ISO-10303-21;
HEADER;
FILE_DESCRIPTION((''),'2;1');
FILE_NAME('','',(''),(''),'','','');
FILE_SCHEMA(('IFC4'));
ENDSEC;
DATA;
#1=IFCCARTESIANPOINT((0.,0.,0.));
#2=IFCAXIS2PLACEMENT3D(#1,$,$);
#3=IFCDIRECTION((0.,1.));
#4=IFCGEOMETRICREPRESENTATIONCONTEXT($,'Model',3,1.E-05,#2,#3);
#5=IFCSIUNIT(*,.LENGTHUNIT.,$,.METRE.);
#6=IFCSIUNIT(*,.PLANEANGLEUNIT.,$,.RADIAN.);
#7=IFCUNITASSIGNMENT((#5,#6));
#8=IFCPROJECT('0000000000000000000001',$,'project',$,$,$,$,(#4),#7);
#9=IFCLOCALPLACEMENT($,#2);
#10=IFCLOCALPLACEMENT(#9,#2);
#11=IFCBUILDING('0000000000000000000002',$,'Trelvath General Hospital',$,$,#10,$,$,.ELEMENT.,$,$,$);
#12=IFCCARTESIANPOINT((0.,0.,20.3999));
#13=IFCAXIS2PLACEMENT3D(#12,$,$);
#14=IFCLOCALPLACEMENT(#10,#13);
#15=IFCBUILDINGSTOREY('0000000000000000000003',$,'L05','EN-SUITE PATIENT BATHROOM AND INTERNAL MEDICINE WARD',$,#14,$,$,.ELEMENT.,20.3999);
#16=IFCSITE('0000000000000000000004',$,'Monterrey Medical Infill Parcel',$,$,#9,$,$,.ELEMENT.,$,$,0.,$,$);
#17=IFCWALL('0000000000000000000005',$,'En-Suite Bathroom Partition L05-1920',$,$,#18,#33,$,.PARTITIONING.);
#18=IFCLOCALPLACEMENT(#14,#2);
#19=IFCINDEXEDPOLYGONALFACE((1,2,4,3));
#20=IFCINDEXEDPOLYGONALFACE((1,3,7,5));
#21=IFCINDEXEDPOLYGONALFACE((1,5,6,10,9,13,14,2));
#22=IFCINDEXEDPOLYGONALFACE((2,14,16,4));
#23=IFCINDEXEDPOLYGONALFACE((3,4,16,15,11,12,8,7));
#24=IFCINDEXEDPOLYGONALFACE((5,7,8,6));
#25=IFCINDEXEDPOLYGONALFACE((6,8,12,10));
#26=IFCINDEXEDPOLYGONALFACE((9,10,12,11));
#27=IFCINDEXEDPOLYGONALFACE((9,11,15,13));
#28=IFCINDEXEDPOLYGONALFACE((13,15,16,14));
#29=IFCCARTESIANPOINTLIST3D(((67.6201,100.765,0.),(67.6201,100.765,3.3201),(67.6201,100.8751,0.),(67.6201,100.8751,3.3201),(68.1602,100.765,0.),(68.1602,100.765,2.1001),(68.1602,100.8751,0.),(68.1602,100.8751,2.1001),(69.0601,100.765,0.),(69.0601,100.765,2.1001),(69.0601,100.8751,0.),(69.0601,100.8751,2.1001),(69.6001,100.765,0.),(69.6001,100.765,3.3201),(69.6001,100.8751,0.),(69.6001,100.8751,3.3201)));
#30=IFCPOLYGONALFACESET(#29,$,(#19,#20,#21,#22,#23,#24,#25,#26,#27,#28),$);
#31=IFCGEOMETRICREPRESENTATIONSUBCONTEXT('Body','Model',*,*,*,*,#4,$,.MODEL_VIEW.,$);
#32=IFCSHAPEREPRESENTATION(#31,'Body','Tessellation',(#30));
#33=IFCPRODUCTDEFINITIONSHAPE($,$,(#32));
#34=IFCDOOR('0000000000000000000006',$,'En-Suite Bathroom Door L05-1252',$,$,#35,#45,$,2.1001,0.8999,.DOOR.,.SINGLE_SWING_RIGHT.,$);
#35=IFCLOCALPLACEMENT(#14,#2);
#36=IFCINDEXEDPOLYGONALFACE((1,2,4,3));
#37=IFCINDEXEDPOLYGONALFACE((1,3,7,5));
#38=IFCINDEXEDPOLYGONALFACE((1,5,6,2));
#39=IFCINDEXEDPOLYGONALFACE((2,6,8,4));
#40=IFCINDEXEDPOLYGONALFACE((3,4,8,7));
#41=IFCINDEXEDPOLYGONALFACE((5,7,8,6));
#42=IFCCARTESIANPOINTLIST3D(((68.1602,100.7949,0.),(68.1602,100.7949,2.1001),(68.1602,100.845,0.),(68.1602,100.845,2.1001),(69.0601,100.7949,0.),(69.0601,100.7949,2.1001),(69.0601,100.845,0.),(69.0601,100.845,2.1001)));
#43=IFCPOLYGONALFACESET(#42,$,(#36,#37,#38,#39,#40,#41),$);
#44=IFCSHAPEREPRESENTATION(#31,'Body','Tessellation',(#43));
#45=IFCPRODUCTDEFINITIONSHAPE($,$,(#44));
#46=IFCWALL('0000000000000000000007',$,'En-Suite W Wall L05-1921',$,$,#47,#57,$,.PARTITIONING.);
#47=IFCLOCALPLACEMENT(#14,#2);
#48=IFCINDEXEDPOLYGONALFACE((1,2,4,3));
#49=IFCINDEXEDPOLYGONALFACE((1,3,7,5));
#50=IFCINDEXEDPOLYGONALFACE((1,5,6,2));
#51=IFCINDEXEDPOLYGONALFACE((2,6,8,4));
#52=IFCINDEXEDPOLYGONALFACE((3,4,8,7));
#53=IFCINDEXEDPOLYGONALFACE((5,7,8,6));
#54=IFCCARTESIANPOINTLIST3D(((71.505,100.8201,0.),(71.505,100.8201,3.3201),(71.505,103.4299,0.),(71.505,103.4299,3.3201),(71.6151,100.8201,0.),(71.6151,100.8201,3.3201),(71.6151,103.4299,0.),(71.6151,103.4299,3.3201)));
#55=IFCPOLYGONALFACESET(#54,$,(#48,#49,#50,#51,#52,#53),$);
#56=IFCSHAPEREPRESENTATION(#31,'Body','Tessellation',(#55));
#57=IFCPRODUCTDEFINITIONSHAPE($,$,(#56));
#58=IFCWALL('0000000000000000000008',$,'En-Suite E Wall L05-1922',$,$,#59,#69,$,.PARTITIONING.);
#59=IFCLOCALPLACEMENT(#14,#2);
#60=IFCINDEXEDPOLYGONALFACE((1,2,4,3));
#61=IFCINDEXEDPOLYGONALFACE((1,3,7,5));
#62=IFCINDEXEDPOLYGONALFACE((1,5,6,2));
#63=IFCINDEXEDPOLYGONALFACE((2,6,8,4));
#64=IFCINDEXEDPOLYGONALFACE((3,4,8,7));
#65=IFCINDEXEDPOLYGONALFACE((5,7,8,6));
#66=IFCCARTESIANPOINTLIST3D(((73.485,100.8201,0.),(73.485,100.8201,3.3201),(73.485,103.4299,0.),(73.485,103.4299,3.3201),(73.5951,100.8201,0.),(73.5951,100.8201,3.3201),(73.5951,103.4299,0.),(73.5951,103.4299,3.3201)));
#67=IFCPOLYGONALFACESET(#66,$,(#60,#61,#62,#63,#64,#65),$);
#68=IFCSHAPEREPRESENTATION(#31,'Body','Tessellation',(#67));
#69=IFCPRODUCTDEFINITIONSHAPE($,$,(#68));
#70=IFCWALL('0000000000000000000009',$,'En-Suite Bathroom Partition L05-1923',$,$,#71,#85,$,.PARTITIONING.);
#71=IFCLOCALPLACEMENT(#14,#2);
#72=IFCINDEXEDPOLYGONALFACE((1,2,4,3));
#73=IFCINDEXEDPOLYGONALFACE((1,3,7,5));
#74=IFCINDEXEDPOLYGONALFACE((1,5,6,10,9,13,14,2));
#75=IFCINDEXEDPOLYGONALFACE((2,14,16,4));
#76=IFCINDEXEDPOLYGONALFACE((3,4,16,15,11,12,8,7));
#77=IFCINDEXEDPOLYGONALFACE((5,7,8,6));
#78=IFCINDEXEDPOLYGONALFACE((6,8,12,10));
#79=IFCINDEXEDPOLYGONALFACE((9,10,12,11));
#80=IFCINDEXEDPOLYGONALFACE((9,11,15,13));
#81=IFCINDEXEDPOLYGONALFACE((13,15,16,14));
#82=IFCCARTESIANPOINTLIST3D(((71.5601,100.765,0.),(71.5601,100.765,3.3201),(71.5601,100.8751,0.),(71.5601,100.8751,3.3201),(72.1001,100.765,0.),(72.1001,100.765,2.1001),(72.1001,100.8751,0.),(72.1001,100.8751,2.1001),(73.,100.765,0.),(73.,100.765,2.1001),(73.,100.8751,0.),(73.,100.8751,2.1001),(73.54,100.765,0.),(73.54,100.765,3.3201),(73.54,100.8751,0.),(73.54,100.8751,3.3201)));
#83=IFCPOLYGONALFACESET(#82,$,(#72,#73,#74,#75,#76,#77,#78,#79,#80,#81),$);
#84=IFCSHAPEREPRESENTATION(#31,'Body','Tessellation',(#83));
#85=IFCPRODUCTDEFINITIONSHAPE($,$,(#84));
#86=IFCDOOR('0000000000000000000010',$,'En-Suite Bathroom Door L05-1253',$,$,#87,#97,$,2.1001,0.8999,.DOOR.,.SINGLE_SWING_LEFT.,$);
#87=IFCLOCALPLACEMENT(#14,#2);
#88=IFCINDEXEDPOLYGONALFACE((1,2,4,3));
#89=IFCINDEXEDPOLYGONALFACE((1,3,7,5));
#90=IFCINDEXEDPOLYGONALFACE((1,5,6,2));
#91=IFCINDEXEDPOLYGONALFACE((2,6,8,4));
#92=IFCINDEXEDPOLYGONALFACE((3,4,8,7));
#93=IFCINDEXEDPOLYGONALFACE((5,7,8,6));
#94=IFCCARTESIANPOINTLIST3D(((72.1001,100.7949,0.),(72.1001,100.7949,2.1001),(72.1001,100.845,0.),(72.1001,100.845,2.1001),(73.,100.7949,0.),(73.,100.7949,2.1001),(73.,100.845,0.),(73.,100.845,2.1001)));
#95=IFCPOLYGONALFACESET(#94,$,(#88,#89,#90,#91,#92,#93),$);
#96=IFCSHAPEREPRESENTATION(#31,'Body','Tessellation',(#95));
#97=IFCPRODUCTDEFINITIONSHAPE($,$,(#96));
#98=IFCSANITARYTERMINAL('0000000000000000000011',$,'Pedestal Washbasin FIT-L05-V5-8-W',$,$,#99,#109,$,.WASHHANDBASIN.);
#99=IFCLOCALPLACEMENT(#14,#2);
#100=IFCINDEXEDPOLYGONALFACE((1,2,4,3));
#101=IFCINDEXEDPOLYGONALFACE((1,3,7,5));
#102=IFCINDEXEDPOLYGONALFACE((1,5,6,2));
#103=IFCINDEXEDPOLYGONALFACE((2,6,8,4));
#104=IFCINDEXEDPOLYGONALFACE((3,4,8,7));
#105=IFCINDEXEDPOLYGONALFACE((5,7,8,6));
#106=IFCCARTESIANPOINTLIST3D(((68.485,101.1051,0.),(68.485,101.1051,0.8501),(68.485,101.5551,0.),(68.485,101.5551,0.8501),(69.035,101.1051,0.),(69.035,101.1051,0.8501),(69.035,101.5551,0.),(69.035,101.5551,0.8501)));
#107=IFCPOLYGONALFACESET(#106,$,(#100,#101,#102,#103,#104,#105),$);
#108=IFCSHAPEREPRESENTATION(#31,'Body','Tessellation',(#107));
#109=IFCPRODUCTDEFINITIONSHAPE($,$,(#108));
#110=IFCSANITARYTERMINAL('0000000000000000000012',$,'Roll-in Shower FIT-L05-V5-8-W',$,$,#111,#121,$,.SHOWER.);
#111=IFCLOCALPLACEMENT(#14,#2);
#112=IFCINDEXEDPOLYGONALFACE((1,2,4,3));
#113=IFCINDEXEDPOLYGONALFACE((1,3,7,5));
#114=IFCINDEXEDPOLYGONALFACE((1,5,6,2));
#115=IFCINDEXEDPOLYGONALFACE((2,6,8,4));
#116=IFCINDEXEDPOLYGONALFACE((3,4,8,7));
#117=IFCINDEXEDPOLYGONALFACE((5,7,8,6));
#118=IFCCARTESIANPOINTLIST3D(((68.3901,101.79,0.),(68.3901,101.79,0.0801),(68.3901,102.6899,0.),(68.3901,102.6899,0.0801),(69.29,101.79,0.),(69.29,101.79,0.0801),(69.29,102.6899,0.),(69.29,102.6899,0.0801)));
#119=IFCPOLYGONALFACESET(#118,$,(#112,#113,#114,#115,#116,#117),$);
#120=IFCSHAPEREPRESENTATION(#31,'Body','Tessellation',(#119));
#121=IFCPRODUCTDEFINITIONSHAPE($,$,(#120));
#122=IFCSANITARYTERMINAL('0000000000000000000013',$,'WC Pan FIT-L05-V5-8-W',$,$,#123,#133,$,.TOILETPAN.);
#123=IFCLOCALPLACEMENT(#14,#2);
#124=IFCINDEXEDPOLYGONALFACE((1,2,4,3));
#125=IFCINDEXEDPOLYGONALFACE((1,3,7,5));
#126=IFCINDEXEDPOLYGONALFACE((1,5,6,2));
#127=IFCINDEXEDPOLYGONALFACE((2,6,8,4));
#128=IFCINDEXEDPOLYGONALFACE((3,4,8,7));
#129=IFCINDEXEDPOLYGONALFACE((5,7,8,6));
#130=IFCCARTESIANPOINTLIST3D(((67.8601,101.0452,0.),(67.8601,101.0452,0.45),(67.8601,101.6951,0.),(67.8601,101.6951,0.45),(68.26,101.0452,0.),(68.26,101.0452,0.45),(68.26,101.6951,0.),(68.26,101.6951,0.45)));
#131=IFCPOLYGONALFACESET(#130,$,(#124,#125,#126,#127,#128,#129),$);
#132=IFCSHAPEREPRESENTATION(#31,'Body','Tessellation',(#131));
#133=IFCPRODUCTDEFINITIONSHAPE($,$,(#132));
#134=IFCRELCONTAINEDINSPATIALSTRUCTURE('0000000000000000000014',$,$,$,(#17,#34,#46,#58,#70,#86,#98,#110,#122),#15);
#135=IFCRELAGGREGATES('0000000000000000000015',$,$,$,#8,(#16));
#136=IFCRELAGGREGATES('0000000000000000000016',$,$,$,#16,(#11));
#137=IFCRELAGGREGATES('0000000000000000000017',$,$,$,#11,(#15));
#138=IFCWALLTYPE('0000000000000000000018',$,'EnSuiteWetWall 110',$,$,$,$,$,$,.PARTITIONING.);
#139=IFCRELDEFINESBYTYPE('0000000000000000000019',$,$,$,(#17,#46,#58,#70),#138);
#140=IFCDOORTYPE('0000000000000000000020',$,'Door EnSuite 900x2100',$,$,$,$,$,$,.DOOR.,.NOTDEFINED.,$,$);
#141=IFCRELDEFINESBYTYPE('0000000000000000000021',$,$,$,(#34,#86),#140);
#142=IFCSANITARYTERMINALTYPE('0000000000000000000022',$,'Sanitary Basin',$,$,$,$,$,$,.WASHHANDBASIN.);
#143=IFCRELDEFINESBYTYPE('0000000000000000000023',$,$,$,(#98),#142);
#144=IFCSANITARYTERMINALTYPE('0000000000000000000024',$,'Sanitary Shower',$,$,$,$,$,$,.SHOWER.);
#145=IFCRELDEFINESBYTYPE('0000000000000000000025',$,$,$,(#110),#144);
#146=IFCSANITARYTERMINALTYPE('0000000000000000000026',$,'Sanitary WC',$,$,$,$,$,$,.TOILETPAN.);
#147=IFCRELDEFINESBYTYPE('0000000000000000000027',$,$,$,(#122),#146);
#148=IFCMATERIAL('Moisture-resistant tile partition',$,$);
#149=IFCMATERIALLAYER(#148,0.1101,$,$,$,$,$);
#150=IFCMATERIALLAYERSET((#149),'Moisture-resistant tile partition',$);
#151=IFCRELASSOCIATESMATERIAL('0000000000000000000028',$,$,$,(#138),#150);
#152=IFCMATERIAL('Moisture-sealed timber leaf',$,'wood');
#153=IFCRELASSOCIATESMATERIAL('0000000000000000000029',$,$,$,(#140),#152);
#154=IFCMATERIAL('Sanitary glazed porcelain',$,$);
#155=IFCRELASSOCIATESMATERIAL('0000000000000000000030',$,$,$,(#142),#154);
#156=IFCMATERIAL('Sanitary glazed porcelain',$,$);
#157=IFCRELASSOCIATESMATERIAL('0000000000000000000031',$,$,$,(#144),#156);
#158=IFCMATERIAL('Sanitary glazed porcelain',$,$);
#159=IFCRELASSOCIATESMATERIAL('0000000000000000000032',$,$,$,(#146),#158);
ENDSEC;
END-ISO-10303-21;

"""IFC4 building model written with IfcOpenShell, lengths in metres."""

from ifc_helpers import new_model, si_unit, direction, frame, frame_2d, origin, origin_2d, place, context, subcontext, project, spatial, rectangle, extrude, material, layer, layer_set, type_object, element, fill, save


model = new_model("IFC4")

# Units and contexts
model_context = context("Model", 3, precision=1e-05, world=origin(), true_north=direction((0.0, 1.0)))
body_context = subcontext(model_context, "Body", "Model", "MODEL_VIEW")
ifc_project = project(units=[si_unit("LENGTHUNIT", "METRE"), si_unit("PLANEANGLEUNIT", "RADIAN")], contexts=[model_context])

# Site, building, storey
site_placement = place(None, origin())
site = spatial("IfcSite", under=ifc_project, at=site_placement, Name="Monterrey Medical Infill Parcel", CompositionType="ELEMENT", RefElevation=0.0)
building_placement = place(site_placement, origin())
building = spatial("IfcBuilding", under=site, at=building_placement, Name="Trelvath General Hospital", CompositionType="ELEMENT")
storey_placement = place(building_placement, frame((0.0, 0.0, 20.3999)))
storey = spatial("IfcBuildingStorey", under=building, at=storey_placement, Name="L05", Description="EN-SUITE PATIENT BATHROOM AND INTERNAL MEDICINE WARD", CompositionType="ELEMENT", Elevation=20.3999)

# Shared definitions
ifc_material_1 = material(Name="Moisture-resistant tile partition")
ifc_layer_1 = layer(ifc_material_1, 0.1101)
ifc_layer_set_1 = layer_set([ifc_layer_1], Name="Moisture-resistant tile partition")
wall_type_1 = type_object("IfcWallType", Name="EnSuiteWetWall 110", PredefinedType="PARTITIONING", material=ifc_layer_set_1)

# Wall, opening, door
wall_1_placement = place(storey_placement, frame((67.6201, 100.8201, 0.0), z_axis=(0.0, 0.0, 1.0), x_axis=(1.0, 0.0, 0.0)))
wall_1 = element("IfcWall", 1, at=wall_1_placement, inside=storey, type_object=wall_type_1, Name="En-Suite Bathroom Partition L05-1920", PredefinedType="PARTITIONING", context=body_context, shape_type="SweptSolid", body=[
    extrude(rectangle(XDim=1.98, YDim=0.1101, at=frame_2d((0.99, 0.0))), origin(), (0.0, 0.0, 1.0), 3.3201),
])
opening_1_placement = place(wall_1_placement, frame((0.54, 0.0, 0.0)))
opening_1 = element("IfcOpeningElement", 2, at=opening_1_placement, cuts=wall_1, PredefinedType="OPENING", context=body_context, shape_type="SweptSolid", body=[
    extrude(rectangle(XDim=0.8999, YDim=2.1001, at=frame_2d((0.45, 1.05))), frame((0.0, 0.0649, 0.0), z_axis=(0.0, -1.0, 0.0), x_axis=(1.0, 0.0, 0.0)), (0.0, 0.0, 1.0), 0.1301),
])
ifc_material_2 = material(Name="Moisture-sealed timber leaf", Category="wood")
door_type_1 = type_object("IfcDoorType", Name="Door EnSuite 900x2100", OperationType="NOTDEFINED", PredefinedType="DOOR", material=ifc_material_2)
door_1_placement = place(opening_1_placement, origin())
door_1 = element("IfcDoor", 3, at=door_1_placement, inside=storey, type_object=door_type_1, Name="En-Suite Bathroom Door L05-1252", OperationType="SINGLE_SWING_RIGHT", OverallHeight=2.1001, OverallWidth=0.8999, PredefinedType="DOOR", context=body_context, shape_type="SweptSolid", body=[
    extrude(rectangle(XDim=0.8999, YDim=2.1001, at=frame_2d((0.45, 1.05))), frame((0.0, 0.0249, 0.0), z_axis=(0.0, -1.0, 0.0), x_axis=(1.0, 0.0, 0.0)), (0.0, 0.0, 1.0), 0.05),
])
fill(opening_1, door_1)

# Walls
for number, where, z_axis, x_axis, name in (
    (4, (71.5601, 100.8201, 0.0), (0.0, 0.0, 1.0), (0.0, 1.0, 0.0), "En-Suite W Wall L05-1921"),
    (5, (73.54, 100.8201, 0.0), (0.0, 0.0, 1.0), (0.0, 1.0, 0.0), "En-Suite E Wall L05-1922"),
):
    element("IfcWall", number, at=place(storey_placement, frame(where, z_axis=z_axis, x_axis=x_axis)), inside=storey, type_object=wall_type_1, Name=name, PredefinedType="PARTITIONING", context=body_context, shape_type="SweptSolid", body=[
        extrude(rectangle(XDim=2.6099, YDim=0.1101, at=frame_2d((1.3049, 0.0))), origin(), (0.0, 0.0, 1.0), 3.3201),
    ])

# Wall, opening, door
wall_2_placement = place(storey_placement, frame((71.5601, 100.8201, 0.0), z_axis=(0.0, 0.0, 1.0), x_axis=(1.0, 0.0, 0.0)))
wall_2 = element("IfcWall", 6, at=wall_2_placement, inside=storey, type_object=wall_type_1, Name="En-Suite Bathroom Partition L05-1923", PredefinedType="PARTITIONING", context=body_context, shape_type="SweptSolid", body=[
    extrude(rectangle(XDim=1.98, YDim=0.1101, at=frame_2d((0.99, 0.0))), origin(), (0.0, 0.0, 1.0), 3.3201),
])
opening_2_placement = place(wall_2_placement, frame((0.54, 0.0, 0.0)))
opening_2 = element("IfcOpeningElement", 7, at=opening_2_placement, cuts=wall_2, PredefinedType="OPENING", context=body_context, shape_type="SweptSolid", body=[
    extrude(rectangle(XDim=0.8999, YDim=2.1001, at=frame_2d((0.45, 1.05))), frame((0.0, 0.0649, 0.0), z_axis=(0.0, -1.0, 0.0), x_axis=(1.0, 0.0, 0.0)), (0.0, 0.0, 1.0), 0.1301),
])
door_2_placement = place(opening_2_placement, origin())
door_2 = element("IfcDoor", 8, at=door_2_placement, inside=storey, type_object=door_type_1, Name="En-Suite Bathroom Door L05-1253", OperationType="SINGLE_SWING_LEFT", OverallHeight=2.1001, OverallWidth=0.8999, PredefinedType="DOOR", context=body_context, shape_type="SweptSolid", body=[
    extrude(rectangle(XDim=0.8999, YDim=2.1001, at=frame_2d((0.45, 1.05))), frame((0.0, 0.0249, 0.0), z_axis=(0.0, -1.0, 0.0), x_axis=(1.0, 0.0, 0.0)), (0.0, 0.0, 1.0), 0.05),
])
fill(opening_2, door_2)

# Sanitary terminals
ifc_material_3 = material(Name="Sanitary glazed porcelain")
sanitary_terminal_type_1 = type_object("IfcSanitaryTerminalType", Name="Sanitary Basin", PredefinedType="WASHHANDBASIN", material=ifc_material_3)
sanitary_terminal_1_placement = place(storey_placement, frame((68.76, 101.3301, 0.0), z_axis=(0.0, 0.0, 1.0), x_axis=(1.0, 0.0, 0.0)))
element("IfcSanitaryTerminal", 9, at=sanitary_terminal_1_placement, inside=storey, type_object=sanitary_terminal_type_1, Name="Pedestal Washbasin FIT-L05-V5-8-W", PredefinedType="WASHHANDBASIN", context=body_context, shape_type="SweptSolid", body=[
    extrude(rectangle(XDim=0.55, YDim=0.45, at=origin_2d()), origin(), (0.0, 0.0, 1.0), 0.8501),
])
ifc_material_4 = material(Name="Sanitary glazed porcelain")
sanitary_terminal_type_2 = type_object("IfcSanitaryTerminalType", Name="Sanitary Shower", PredefinedType="SHOWER", material=ifc_material_4)
sanitary_terminal_2_placement = place(storey_placement, frame((68.8401, 102.24, 0.0), z_axis=(0.0, 0.0, 1.0), x_axis=(1.0, 0.0, 0.0)))
element("IfcSanitaryTerminal", 10, at=sanitary_terminal_2_placement, inside=storey, type_object=sanitary_terminal_type_2, Name="Roll-in Shower FIT-L05-V5-8-W", PredefinedType="SHOWER", context=body_context, shape_type="SweptSolid", body=[
    extrude(rectangle(XDim=0.8999, YDim=0.8999, at=origin_2d()), origin(), (0.0, 0.0, 1.0), 0.0801),
])
ifc_material_5 = material(Name="Sanitary glazed porcelain")
sanitary_terminal_type_3 = type_object("IfcSanitaryTerminalType", Name="Sanitary WC", PredefinedType="TOILETPAN", material=ifc_material_5)
sanitary_terminal_3_placement = place(storey_placement, frame((68.0601, 101.3701, 0.0), z_axis=(0.0, 0.0, 1.0), x_axis=(1.0, 0.0, 0.0)))
element("IfcSanitaryTerminal", 11, at=sanitary_terminal_3_placement, inside=storey, type_object=sanitary_terminal_type_3, Name="WC Pan FIT-L05-V5-8-W", PredefinedType="TOILETPAN", context=body_context, shape_type="SweptSolid", body=[
    extrude(rectangle(XDim=0.3999, YDim=0.6499, at=origin_2d()), origin(), (0.0, 0.0, 1.0), 0.45),
])

save(model, "model.ifc")
